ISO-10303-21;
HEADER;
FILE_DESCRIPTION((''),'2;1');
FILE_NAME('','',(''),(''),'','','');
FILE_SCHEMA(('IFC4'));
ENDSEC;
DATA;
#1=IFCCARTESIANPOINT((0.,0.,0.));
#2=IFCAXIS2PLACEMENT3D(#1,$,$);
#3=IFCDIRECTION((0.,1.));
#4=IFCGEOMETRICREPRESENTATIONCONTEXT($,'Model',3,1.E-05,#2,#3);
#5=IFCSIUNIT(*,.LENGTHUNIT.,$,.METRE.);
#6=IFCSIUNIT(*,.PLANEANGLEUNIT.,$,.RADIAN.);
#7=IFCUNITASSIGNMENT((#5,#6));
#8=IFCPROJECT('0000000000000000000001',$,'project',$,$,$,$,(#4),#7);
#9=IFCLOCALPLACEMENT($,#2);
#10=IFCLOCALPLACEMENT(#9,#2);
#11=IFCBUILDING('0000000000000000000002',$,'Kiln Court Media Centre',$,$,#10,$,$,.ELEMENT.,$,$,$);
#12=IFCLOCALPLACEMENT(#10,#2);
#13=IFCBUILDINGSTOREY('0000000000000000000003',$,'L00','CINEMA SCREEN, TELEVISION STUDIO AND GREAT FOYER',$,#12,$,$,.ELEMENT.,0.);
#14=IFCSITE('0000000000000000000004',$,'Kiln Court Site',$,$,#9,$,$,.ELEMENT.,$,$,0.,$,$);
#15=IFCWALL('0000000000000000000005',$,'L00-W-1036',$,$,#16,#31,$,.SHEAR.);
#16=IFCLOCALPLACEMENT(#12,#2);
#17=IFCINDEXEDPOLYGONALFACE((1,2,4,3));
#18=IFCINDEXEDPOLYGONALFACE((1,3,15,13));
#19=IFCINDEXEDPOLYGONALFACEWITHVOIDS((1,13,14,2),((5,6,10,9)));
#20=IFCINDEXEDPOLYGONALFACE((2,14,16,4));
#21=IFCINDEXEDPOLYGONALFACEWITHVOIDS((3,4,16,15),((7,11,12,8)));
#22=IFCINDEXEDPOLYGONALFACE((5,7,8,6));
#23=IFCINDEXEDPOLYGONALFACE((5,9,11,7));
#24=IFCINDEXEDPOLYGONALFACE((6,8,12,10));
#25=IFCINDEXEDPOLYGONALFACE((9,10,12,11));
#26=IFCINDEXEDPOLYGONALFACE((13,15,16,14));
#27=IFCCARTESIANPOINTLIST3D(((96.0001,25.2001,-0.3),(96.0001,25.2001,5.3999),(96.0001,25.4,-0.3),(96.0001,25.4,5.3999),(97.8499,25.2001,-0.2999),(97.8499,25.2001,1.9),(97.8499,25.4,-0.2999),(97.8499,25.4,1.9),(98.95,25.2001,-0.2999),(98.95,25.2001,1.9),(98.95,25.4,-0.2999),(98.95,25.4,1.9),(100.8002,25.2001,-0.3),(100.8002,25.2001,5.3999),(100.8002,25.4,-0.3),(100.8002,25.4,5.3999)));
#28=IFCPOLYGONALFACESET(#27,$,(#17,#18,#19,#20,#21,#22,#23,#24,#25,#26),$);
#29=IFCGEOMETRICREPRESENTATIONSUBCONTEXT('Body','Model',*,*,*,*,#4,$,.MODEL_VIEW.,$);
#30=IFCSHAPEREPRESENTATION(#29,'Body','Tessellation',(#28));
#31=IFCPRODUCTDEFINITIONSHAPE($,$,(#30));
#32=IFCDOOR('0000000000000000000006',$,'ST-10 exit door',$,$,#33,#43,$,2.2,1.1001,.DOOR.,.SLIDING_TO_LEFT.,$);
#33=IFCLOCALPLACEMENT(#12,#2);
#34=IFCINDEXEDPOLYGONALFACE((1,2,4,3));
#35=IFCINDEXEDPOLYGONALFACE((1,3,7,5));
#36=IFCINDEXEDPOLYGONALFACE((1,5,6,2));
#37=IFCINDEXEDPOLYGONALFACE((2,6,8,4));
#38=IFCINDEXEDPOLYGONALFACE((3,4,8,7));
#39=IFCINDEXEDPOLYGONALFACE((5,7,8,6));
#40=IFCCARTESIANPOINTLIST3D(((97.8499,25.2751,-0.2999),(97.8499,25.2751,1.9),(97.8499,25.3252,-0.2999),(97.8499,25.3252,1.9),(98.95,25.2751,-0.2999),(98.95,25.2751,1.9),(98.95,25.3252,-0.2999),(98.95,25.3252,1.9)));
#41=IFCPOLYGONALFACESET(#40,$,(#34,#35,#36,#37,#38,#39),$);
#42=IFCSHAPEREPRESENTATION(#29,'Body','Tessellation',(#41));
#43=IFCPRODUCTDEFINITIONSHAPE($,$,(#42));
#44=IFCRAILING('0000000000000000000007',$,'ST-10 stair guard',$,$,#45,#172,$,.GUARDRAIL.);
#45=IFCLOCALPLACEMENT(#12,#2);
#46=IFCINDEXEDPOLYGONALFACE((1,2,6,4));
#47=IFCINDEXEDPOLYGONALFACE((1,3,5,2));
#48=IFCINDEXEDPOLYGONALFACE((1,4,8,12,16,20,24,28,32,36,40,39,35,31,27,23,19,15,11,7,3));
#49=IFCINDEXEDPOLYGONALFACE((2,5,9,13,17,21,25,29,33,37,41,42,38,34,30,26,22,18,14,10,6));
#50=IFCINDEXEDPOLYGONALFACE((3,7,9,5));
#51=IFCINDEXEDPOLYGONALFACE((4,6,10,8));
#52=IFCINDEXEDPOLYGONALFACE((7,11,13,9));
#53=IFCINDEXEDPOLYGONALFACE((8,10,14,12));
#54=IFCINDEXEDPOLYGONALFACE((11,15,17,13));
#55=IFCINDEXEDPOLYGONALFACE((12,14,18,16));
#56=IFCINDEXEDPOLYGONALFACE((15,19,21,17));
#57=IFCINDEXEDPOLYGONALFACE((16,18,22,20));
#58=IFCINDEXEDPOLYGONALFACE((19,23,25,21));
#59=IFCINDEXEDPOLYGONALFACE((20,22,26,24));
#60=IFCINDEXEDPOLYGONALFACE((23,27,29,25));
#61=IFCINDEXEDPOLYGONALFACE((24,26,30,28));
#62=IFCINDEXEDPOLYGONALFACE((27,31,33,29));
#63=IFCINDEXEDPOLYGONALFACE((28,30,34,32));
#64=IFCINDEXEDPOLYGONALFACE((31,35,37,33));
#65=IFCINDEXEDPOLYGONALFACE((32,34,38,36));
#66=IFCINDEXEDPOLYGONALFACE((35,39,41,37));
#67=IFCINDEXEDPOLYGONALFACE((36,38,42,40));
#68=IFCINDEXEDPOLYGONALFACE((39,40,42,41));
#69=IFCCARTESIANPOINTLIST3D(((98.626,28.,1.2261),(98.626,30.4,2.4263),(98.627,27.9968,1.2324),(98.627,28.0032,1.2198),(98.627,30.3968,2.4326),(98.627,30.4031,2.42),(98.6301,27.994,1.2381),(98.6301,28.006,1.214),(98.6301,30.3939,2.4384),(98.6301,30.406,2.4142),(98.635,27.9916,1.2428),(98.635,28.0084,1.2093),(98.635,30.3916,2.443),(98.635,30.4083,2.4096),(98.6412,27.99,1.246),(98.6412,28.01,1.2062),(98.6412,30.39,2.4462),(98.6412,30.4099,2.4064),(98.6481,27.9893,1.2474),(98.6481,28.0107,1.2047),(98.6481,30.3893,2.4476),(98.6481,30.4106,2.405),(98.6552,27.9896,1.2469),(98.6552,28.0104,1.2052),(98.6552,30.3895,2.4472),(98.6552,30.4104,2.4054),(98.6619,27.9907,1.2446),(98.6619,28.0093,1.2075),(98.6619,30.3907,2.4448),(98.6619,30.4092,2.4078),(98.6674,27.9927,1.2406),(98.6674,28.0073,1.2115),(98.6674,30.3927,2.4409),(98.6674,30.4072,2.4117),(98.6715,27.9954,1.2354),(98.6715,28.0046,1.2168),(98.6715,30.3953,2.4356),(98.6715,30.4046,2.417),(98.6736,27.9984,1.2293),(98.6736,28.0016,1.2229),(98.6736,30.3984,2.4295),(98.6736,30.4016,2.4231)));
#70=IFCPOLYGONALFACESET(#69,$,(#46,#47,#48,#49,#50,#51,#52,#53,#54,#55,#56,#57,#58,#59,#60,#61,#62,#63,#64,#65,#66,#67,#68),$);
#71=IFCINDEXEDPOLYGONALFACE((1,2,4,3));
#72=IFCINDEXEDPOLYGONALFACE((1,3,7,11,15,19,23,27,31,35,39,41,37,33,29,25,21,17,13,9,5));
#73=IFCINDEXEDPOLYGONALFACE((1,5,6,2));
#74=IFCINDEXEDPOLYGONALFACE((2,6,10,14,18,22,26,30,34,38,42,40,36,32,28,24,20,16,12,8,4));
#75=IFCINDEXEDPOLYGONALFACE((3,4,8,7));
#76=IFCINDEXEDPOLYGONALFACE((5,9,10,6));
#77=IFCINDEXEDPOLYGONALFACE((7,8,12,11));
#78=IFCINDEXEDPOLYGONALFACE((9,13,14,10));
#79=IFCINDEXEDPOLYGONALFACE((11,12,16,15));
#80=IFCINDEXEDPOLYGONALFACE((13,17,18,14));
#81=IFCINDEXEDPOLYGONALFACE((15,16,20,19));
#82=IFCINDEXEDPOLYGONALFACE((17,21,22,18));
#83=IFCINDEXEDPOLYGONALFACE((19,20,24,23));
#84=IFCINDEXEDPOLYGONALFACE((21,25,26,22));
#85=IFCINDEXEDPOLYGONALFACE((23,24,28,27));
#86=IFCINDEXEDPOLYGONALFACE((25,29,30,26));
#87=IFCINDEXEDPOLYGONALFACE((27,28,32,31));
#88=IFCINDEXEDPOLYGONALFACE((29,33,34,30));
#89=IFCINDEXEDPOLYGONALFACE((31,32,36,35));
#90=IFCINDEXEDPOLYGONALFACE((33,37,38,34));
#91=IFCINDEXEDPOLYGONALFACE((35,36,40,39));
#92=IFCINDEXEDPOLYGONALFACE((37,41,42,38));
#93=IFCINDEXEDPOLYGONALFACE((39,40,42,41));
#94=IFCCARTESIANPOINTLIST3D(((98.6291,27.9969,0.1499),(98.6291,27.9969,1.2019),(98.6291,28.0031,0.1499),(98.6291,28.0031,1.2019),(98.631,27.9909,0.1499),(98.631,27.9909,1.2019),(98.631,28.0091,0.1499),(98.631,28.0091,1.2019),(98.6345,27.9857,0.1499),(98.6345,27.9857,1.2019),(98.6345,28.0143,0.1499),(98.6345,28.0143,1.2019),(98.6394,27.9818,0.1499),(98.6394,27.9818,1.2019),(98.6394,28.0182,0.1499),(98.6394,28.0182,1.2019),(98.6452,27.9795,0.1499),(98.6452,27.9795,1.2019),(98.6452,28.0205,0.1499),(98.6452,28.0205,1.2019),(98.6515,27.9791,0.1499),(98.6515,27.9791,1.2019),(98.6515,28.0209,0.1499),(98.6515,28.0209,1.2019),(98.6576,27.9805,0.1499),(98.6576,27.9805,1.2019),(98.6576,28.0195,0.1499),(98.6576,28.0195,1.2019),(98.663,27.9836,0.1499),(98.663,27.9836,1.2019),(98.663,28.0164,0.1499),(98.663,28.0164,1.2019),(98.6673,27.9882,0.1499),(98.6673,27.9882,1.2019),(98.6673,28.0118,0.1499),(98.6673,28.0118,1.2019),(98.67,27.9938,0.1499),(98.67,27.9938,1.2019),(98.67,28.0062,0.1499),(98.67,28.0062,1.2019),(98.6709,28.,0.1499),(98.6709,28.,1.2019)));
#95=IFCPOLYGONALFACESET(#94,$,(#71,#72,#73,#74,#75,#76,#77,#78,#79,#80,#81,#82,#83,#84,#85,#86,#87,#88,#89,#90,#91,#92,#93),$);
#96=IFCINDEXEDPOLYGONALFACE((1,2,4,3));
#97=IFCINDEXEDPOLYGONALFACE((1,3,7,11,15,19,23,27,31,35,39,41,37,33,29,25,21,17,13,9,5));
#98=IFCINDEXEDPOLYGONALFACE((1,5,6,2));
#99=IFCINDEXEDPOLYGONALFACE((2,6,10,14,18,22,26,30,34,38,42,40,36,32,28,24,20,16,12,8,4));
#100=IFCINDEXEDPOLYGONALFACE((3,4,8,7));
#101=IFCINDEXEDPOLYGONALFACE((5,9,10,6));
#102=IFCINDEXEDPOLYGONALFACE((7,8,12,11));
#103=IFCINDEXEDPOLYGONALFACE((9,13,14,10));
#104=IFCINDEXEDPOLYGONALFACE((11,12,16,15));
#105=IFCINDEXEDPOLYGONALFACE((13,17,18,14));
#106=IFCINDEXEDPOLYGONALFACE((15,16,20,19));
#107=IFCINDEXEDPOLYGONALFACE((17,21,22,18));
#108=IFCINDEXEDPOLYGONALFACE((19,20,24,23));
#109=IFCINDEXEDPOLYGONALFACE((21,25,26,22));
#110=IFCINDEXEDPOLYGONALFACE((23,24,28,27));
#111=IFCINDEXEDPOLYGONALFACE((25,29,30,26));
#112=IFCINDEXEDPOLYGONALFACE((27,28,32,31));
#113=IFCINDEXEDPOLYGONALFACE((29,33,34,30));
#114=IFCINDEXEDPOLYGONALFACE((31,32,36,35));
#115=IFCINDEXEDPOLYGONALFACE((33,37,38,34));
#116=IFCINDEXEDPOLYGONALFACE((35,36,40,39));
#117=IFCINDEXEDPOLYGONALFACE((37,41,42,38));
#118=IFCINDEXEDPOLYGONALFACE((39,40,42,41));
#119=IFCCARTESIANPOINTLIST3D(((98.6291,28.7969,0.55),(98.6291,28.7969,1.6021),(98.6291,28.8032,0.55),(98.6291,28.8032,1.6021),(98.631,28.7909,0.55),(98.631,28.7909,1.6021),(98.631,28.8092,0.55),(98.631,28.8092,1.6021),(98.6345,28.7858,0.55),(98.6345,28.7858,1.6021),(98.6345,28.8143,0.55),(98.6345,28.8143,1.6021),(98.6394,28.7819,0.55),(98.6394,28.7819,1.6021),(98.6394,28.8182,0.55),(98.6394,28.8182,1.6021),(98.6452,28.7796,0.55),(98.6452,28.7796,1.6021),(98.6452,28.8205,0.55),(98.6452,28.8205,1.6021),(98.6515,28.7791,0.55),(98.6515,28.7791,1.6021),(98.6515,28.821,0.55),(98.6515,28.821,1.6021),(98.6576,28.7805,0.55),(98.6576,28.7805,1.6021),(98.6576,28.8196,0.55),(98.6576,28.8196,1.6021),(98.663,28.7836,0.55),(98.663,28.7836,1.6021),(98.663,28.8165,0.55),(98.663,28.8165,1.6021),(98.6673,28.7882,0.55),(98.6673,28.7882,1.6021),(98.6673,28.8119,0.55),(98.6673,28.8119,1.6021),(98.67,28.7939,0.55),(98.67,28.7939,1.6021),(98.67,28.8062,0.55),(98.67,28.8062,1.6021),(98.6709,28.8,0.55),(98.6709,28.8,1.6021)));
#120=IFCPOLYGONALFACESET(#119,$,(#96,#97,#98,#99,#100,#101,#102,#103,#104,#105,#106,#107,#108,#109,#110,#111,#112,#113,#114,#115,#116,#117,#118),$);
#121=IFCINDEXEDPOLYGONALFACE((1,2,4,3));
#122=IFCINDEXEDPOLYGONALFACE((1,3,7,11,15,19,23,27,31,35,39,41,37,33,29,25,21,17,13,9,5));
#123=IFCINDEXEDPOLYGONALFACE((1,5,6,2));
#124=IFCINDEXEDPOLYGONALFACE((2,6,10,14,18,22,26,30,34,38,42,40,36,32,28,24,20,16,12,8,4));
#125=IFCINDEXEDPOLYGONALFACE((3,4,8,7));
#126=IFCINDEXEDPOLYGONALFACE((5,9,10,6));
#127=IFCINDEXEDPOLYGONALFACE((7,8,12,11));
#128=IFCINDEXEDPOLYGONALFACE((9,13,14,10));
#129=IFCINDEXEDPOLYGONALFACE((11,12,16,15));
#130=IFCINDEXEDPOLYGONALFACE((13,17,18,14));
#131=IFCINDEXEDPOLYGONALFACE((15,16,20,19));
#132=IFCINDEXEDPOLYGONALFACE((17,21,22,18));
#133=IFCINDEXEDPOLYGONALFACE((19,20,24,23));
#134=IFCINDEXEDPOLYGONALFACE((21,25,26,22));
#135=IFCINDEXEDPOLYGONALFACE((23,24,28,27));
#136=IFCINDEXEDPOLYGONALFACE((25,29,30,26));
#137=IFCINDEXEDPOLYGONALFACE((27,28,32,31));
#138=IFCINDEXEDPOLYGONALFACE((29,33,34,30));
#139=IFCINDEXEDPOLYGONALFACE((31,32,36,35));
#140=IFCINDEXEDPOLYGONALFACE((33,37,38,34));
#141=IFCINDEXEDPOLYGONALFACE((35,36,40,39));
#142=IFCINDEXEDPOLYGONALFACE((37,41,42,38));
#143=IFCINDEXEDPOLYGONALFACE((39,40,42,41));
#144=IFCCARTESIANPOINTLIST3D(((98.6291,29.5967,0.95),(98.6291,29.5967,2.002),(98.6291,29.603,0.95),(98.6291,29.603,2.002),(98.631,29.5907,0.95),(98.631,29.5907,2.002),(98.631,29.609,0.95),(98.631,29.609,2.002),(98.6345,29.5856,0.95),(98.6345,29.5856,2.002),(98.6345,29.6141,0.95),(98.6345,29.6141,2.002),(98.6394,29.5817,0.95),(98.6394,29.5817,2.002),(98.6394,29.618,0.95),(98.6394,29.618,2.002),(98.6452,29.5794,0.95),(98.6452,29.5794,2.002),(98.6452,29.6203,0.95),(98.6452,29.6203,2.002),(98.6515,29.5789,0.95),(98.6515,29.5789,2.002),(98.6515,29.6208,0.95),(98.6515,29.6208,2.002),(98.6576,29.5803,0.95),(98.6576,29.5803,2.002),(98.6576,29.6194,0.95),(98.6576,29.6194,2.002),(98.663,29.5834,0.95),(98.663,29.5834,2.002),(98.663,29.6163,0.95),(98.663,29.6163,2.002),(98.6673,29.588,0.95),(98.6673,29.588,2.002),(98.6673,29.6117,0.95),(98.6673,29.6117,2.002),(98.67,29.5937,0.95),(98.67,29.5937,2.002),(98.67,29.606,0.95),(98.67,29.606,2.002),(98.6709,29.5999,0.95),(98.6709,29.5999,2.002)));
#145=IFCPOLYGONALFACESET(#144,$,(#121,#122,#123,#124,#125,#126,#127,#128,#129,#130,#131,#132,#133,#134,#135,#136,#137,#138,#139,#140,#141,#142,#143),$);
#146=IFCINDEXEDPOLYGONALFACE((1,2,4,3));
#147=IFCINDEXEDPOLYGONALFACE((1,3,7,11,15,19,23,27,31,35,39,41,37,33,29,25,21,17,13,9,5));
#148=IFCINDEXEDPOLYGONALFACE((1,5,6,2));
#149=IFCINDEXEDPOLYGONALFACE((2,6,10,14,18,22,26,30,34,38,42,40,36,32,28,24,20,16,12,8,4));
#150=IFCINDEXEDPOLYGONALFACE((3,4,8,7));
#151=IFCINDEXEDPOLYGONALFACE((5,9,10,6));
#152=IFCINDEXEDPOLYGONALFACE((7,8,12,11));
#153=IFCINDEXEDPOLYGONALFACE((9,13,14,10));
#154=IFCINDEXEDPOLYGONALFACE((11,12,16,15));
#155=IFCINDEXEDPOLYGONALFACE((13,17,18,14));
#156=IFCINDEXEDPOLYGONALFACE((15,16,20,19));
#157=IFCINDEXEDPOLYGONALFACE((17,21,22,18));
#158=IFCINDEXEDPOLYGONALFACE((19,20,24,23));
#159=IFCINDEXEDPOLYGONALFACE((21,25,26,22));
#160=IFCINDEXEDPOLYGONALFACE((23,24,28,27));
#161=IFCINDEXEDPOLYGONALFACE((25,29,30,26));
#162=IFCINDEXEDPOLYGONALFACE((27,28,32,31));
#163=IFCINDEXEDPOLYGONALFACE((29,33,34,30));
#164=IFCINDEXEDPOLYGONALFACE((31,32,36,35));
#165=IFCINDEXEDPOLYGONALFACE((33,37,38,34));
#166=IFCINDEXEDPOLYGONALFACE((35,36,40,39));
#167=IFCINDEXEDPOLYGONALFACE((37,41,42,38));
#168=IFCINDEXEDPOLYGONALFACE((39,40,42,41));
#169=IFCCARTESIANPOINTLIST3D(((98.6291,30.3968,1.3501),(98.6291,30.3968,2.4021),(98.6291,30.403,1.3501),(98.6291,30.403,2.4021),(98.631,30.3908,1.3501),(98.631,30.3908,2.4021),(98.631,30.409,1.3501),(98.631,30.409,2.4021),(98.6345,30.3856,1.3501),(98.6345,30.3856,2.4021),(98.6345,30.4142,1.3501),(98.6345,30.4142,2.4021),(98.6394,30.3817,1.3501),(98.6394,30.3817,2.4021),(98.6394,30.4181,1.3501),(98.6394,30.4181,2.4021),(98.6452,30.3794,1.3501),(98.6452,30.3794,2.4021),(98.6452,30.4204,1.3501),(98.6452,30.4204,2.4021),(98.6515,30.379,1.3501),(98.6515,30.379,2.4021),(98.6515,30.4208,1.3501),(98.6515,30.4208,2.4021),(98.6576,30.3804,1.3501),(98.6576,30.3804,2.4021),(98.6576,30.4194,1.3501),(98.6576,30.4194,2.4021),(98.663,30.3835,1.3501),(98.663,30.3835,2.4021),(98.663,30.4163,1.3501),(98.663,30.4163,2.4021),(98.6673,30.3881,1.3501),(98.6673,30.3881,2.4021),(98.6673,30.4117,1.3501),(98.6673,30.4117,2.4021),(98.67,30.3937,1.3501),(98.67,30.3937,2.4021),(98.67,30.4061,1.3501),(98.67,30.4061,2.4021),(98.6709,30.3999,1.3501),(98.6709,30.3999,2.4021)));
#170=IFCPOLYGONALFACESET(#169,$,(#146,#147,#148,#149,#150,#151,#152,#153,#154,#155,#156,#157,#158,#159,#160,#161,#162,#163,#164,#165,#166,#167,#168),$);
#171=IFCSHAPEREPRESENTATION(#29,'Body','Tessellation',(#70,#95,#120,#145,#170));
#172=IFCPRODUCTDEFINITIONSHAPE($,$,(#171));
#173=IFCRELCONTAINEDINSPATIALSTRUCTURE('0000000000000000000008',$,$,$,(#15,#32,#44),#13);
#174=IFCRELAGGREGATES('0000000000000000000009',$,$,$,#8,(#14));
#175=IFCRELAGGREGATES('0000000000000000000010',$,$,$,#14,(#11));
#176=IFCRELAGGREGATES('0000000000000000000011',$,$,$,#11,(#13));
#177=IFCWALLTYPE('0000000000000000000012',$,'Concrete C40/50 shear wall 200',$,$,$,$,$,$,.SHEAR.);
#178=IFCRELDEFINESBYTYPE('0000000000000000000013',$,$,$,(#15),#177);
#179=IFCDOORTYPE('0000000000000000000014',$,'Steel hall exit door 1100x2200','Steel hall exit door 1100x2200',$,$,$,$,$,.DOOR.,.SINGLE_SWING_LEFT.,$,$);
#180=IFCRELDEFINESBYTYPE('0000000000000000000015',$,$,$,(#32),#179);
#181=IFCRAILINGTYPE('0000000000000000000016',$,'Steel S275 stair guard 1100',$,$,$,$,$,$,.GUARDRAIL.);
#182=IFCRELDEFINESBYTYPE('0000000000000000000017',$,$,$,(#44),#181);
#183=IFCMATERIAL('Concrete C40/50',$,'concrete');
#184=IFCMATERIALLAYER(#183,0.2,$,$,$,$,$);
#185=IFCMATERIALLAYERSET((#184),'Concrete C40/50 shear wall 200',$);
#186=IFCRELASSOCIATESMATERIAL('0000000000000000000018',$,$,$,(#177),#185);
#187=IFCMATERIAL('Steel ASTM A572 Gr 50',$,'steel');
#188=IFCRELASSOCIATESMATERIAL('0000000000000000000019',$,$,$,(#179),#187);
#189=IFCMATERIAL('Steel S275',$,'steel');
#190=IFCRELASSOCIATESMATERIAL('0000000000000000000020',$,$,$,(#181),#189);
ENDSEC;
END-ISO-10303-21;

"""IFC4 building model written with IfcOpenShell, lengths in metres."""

from ifc_helpers import new_model, si_unit, direction, frame, frame_2d, origin, origin_2d, place, context, subcontext, project, spatial, rectangle, circle, extrude, material, layer, layer_set, type_object, element, fill, save


model = new_model("IFC4")

# Units and contexts
model_context = context("Model", 3, precision=1e-05, world=origin(), true_north=direction((0.0, 1.0)))
body_context = subcontext(model_context, "Body", "Model", "MODEL_VIEW")
ifc_project = project(units=[si_unit("LENGTHUNIT", "METRE"), si_unit("PLANEANGLEUNIT", "RADIAN")], contexts=[model_context])

# Site, building, storey
site_placement = place(None, origin())
site = spatial("IfcSite", under=ifc_project, at=site_placement, Name="Kiln Court Site", CompositionType="ELEMENT", RefElevation=0.0)
building_placement = place(site_placement, origin())
building = spatial("IfcBuilding", under=site, at=building_placement, Name="Kiln Court Media Centre", CompositionType="ELEMENT")
storey_placement = place(building_placement, origin())
storey = spatial("IfcBuildingStorey", under=building, at=storey_placement, Name="L00", Description="CINEMA SCREEN, TELEVISION STUDIO AND GREAT FOYER", CompositionType="ELEMENT", Elevation=0.0)

# Wall, opening, door
ifc_material_1 = material(Name="Concrete C40/50", Category="concrete")
ifc_layer_1 = layer(ifc_material_1, 0.2)
ifc_layer_set_1 = layer_set([ifc_layer_1], Name="Concrete C40/50 shear wall 200")
wall_type_1 = type_object("IfcWallType", Name="Concrete C40/50 shear wall 200", PredefinedType="SHEAR", material=ifc_layer_set_1)
wall_1_placement = place(storey_placement, frame((100.8, 25.3, -0.3), z_axis=(0.0, 0.0, 1.0), x_axis=(-1.0, 0.0, 0.0)))
wall_1 = element("IfcWall", 1, at=wall_1_placement, inside=storey, type_object=wall_type_1, Name="L00-W-1036", PredefinedType="SHEAR", context=body_context, shape_type="SweptSolid", body=[
    extrude(rectangle(XDim=4.8, YDim=0.2, at=frame_2d((2.3999, 0.0))), origin(), (0.0, 0.0, 1.0), 5.7),
])
opening_placement = place(wall_1_placement, frame((1.8501, 0.0, 0.0)))
opening = element("IfcOpeningElement", 2, at=opening_placement, cuts=wall_1, PredefinedType="OPENING", context=body_context, shape_type="SweptSolid", body=[
    extrude(rectangle(XDim=1.1001, YDim=2.2, at=frame_2d((0.55, 1.1001))), frame((0.0, 0.1099, 0.0), z_axis=(0.0, -1.0, 0.0), x_axis=(1.0, 0.0, 0.0)), (0.0, 0.0, 1.0), 0.22),
])
ifc_material_2 = material(Name="Steel ASTM A572 Gr 50", Category="steel")
door_type = type_object("IfcDoorType", Name="Steel hall exit door 1100x2200", Description="Steel hall exit door 1100x2200", OperationType="SINGLE_SWING_LEFT", PredefinedType="DOOR", material=ifc_material_2)
door_placement = place(opening_placement, origin())
door = element("IfcDoor", 3, at=door_placement, inside=storey, type_object=door_type, Name="ST-10 exit door", OperationType="SLIDING_TO_LEFT", OverallHeight=2.2, OverallWidth=1.1001, PredefinedType="DOOR", context=body_context, shape_type="SweptSolid", body=[
    extrude(rectangle(XDim=1.1001, YDim=2.2, at=frame_2d((0.55, 1.1001))), frame((0.0, 0.0249, 0.0), z_axis=(0.0, -1.0, 0.0), x_axis=(1.0, 0.0, 0.0)), (0.0, 0.0, 1.0), 0.05),
])
fill(opening, door)

# Railing
ifc_material_3 = material(Name="Steel S275", Category="steel")
railing_type_1 = type_object("IfcRailingType", Name="Steel S275 stair guard 1100", PredefinedType="GUARDRAIL", material=ifc_material_3)
railing_1_placement = place(storey_placement, frame((98.6499, 28.0, 0.1499)))
element("IfcRailing", 4, at=railing_1_placement, inside=storey, type_object=railing_type_1, Name="ST-10 stair guard", PredefinedType="GUARDRAIL", context=body_context, shape_type="SweptSolid", body=[
    extrude(circle(Radius=0.0239, at=origin_2d()), frame((0.0, 0.0, 1.0762), z_axis=(0.0, 0.894391, 0.447286), x_axis=(-1.0, 0.0, 0.0)), (0.0, 0.0, 1.0), 2.6833),
    extrude(circle(Radius=0.021, at=origin_2d()), origin(), (0.0, 0.0, 1.0), 1.052),
    extrude(circle(Radius=0.021, at=origin_2d()), frame((0.0, 0.8, 0.4001)), (0.0, 0.0, 1.0), 1.052),
    extrude(circle(Radius=0.021, at=origin_2d()), frame((0.0, 1.5999, 0.8)), (0.0, 0.0, 1.0), 1.052),
    extrude(circle(Radius=0.021, at=origin_2d()), frame((0.0, 2.3999, 1.2002)), (0.0, 0.0, 1.0), 1.052),
])

save(model, "model.ifc")
